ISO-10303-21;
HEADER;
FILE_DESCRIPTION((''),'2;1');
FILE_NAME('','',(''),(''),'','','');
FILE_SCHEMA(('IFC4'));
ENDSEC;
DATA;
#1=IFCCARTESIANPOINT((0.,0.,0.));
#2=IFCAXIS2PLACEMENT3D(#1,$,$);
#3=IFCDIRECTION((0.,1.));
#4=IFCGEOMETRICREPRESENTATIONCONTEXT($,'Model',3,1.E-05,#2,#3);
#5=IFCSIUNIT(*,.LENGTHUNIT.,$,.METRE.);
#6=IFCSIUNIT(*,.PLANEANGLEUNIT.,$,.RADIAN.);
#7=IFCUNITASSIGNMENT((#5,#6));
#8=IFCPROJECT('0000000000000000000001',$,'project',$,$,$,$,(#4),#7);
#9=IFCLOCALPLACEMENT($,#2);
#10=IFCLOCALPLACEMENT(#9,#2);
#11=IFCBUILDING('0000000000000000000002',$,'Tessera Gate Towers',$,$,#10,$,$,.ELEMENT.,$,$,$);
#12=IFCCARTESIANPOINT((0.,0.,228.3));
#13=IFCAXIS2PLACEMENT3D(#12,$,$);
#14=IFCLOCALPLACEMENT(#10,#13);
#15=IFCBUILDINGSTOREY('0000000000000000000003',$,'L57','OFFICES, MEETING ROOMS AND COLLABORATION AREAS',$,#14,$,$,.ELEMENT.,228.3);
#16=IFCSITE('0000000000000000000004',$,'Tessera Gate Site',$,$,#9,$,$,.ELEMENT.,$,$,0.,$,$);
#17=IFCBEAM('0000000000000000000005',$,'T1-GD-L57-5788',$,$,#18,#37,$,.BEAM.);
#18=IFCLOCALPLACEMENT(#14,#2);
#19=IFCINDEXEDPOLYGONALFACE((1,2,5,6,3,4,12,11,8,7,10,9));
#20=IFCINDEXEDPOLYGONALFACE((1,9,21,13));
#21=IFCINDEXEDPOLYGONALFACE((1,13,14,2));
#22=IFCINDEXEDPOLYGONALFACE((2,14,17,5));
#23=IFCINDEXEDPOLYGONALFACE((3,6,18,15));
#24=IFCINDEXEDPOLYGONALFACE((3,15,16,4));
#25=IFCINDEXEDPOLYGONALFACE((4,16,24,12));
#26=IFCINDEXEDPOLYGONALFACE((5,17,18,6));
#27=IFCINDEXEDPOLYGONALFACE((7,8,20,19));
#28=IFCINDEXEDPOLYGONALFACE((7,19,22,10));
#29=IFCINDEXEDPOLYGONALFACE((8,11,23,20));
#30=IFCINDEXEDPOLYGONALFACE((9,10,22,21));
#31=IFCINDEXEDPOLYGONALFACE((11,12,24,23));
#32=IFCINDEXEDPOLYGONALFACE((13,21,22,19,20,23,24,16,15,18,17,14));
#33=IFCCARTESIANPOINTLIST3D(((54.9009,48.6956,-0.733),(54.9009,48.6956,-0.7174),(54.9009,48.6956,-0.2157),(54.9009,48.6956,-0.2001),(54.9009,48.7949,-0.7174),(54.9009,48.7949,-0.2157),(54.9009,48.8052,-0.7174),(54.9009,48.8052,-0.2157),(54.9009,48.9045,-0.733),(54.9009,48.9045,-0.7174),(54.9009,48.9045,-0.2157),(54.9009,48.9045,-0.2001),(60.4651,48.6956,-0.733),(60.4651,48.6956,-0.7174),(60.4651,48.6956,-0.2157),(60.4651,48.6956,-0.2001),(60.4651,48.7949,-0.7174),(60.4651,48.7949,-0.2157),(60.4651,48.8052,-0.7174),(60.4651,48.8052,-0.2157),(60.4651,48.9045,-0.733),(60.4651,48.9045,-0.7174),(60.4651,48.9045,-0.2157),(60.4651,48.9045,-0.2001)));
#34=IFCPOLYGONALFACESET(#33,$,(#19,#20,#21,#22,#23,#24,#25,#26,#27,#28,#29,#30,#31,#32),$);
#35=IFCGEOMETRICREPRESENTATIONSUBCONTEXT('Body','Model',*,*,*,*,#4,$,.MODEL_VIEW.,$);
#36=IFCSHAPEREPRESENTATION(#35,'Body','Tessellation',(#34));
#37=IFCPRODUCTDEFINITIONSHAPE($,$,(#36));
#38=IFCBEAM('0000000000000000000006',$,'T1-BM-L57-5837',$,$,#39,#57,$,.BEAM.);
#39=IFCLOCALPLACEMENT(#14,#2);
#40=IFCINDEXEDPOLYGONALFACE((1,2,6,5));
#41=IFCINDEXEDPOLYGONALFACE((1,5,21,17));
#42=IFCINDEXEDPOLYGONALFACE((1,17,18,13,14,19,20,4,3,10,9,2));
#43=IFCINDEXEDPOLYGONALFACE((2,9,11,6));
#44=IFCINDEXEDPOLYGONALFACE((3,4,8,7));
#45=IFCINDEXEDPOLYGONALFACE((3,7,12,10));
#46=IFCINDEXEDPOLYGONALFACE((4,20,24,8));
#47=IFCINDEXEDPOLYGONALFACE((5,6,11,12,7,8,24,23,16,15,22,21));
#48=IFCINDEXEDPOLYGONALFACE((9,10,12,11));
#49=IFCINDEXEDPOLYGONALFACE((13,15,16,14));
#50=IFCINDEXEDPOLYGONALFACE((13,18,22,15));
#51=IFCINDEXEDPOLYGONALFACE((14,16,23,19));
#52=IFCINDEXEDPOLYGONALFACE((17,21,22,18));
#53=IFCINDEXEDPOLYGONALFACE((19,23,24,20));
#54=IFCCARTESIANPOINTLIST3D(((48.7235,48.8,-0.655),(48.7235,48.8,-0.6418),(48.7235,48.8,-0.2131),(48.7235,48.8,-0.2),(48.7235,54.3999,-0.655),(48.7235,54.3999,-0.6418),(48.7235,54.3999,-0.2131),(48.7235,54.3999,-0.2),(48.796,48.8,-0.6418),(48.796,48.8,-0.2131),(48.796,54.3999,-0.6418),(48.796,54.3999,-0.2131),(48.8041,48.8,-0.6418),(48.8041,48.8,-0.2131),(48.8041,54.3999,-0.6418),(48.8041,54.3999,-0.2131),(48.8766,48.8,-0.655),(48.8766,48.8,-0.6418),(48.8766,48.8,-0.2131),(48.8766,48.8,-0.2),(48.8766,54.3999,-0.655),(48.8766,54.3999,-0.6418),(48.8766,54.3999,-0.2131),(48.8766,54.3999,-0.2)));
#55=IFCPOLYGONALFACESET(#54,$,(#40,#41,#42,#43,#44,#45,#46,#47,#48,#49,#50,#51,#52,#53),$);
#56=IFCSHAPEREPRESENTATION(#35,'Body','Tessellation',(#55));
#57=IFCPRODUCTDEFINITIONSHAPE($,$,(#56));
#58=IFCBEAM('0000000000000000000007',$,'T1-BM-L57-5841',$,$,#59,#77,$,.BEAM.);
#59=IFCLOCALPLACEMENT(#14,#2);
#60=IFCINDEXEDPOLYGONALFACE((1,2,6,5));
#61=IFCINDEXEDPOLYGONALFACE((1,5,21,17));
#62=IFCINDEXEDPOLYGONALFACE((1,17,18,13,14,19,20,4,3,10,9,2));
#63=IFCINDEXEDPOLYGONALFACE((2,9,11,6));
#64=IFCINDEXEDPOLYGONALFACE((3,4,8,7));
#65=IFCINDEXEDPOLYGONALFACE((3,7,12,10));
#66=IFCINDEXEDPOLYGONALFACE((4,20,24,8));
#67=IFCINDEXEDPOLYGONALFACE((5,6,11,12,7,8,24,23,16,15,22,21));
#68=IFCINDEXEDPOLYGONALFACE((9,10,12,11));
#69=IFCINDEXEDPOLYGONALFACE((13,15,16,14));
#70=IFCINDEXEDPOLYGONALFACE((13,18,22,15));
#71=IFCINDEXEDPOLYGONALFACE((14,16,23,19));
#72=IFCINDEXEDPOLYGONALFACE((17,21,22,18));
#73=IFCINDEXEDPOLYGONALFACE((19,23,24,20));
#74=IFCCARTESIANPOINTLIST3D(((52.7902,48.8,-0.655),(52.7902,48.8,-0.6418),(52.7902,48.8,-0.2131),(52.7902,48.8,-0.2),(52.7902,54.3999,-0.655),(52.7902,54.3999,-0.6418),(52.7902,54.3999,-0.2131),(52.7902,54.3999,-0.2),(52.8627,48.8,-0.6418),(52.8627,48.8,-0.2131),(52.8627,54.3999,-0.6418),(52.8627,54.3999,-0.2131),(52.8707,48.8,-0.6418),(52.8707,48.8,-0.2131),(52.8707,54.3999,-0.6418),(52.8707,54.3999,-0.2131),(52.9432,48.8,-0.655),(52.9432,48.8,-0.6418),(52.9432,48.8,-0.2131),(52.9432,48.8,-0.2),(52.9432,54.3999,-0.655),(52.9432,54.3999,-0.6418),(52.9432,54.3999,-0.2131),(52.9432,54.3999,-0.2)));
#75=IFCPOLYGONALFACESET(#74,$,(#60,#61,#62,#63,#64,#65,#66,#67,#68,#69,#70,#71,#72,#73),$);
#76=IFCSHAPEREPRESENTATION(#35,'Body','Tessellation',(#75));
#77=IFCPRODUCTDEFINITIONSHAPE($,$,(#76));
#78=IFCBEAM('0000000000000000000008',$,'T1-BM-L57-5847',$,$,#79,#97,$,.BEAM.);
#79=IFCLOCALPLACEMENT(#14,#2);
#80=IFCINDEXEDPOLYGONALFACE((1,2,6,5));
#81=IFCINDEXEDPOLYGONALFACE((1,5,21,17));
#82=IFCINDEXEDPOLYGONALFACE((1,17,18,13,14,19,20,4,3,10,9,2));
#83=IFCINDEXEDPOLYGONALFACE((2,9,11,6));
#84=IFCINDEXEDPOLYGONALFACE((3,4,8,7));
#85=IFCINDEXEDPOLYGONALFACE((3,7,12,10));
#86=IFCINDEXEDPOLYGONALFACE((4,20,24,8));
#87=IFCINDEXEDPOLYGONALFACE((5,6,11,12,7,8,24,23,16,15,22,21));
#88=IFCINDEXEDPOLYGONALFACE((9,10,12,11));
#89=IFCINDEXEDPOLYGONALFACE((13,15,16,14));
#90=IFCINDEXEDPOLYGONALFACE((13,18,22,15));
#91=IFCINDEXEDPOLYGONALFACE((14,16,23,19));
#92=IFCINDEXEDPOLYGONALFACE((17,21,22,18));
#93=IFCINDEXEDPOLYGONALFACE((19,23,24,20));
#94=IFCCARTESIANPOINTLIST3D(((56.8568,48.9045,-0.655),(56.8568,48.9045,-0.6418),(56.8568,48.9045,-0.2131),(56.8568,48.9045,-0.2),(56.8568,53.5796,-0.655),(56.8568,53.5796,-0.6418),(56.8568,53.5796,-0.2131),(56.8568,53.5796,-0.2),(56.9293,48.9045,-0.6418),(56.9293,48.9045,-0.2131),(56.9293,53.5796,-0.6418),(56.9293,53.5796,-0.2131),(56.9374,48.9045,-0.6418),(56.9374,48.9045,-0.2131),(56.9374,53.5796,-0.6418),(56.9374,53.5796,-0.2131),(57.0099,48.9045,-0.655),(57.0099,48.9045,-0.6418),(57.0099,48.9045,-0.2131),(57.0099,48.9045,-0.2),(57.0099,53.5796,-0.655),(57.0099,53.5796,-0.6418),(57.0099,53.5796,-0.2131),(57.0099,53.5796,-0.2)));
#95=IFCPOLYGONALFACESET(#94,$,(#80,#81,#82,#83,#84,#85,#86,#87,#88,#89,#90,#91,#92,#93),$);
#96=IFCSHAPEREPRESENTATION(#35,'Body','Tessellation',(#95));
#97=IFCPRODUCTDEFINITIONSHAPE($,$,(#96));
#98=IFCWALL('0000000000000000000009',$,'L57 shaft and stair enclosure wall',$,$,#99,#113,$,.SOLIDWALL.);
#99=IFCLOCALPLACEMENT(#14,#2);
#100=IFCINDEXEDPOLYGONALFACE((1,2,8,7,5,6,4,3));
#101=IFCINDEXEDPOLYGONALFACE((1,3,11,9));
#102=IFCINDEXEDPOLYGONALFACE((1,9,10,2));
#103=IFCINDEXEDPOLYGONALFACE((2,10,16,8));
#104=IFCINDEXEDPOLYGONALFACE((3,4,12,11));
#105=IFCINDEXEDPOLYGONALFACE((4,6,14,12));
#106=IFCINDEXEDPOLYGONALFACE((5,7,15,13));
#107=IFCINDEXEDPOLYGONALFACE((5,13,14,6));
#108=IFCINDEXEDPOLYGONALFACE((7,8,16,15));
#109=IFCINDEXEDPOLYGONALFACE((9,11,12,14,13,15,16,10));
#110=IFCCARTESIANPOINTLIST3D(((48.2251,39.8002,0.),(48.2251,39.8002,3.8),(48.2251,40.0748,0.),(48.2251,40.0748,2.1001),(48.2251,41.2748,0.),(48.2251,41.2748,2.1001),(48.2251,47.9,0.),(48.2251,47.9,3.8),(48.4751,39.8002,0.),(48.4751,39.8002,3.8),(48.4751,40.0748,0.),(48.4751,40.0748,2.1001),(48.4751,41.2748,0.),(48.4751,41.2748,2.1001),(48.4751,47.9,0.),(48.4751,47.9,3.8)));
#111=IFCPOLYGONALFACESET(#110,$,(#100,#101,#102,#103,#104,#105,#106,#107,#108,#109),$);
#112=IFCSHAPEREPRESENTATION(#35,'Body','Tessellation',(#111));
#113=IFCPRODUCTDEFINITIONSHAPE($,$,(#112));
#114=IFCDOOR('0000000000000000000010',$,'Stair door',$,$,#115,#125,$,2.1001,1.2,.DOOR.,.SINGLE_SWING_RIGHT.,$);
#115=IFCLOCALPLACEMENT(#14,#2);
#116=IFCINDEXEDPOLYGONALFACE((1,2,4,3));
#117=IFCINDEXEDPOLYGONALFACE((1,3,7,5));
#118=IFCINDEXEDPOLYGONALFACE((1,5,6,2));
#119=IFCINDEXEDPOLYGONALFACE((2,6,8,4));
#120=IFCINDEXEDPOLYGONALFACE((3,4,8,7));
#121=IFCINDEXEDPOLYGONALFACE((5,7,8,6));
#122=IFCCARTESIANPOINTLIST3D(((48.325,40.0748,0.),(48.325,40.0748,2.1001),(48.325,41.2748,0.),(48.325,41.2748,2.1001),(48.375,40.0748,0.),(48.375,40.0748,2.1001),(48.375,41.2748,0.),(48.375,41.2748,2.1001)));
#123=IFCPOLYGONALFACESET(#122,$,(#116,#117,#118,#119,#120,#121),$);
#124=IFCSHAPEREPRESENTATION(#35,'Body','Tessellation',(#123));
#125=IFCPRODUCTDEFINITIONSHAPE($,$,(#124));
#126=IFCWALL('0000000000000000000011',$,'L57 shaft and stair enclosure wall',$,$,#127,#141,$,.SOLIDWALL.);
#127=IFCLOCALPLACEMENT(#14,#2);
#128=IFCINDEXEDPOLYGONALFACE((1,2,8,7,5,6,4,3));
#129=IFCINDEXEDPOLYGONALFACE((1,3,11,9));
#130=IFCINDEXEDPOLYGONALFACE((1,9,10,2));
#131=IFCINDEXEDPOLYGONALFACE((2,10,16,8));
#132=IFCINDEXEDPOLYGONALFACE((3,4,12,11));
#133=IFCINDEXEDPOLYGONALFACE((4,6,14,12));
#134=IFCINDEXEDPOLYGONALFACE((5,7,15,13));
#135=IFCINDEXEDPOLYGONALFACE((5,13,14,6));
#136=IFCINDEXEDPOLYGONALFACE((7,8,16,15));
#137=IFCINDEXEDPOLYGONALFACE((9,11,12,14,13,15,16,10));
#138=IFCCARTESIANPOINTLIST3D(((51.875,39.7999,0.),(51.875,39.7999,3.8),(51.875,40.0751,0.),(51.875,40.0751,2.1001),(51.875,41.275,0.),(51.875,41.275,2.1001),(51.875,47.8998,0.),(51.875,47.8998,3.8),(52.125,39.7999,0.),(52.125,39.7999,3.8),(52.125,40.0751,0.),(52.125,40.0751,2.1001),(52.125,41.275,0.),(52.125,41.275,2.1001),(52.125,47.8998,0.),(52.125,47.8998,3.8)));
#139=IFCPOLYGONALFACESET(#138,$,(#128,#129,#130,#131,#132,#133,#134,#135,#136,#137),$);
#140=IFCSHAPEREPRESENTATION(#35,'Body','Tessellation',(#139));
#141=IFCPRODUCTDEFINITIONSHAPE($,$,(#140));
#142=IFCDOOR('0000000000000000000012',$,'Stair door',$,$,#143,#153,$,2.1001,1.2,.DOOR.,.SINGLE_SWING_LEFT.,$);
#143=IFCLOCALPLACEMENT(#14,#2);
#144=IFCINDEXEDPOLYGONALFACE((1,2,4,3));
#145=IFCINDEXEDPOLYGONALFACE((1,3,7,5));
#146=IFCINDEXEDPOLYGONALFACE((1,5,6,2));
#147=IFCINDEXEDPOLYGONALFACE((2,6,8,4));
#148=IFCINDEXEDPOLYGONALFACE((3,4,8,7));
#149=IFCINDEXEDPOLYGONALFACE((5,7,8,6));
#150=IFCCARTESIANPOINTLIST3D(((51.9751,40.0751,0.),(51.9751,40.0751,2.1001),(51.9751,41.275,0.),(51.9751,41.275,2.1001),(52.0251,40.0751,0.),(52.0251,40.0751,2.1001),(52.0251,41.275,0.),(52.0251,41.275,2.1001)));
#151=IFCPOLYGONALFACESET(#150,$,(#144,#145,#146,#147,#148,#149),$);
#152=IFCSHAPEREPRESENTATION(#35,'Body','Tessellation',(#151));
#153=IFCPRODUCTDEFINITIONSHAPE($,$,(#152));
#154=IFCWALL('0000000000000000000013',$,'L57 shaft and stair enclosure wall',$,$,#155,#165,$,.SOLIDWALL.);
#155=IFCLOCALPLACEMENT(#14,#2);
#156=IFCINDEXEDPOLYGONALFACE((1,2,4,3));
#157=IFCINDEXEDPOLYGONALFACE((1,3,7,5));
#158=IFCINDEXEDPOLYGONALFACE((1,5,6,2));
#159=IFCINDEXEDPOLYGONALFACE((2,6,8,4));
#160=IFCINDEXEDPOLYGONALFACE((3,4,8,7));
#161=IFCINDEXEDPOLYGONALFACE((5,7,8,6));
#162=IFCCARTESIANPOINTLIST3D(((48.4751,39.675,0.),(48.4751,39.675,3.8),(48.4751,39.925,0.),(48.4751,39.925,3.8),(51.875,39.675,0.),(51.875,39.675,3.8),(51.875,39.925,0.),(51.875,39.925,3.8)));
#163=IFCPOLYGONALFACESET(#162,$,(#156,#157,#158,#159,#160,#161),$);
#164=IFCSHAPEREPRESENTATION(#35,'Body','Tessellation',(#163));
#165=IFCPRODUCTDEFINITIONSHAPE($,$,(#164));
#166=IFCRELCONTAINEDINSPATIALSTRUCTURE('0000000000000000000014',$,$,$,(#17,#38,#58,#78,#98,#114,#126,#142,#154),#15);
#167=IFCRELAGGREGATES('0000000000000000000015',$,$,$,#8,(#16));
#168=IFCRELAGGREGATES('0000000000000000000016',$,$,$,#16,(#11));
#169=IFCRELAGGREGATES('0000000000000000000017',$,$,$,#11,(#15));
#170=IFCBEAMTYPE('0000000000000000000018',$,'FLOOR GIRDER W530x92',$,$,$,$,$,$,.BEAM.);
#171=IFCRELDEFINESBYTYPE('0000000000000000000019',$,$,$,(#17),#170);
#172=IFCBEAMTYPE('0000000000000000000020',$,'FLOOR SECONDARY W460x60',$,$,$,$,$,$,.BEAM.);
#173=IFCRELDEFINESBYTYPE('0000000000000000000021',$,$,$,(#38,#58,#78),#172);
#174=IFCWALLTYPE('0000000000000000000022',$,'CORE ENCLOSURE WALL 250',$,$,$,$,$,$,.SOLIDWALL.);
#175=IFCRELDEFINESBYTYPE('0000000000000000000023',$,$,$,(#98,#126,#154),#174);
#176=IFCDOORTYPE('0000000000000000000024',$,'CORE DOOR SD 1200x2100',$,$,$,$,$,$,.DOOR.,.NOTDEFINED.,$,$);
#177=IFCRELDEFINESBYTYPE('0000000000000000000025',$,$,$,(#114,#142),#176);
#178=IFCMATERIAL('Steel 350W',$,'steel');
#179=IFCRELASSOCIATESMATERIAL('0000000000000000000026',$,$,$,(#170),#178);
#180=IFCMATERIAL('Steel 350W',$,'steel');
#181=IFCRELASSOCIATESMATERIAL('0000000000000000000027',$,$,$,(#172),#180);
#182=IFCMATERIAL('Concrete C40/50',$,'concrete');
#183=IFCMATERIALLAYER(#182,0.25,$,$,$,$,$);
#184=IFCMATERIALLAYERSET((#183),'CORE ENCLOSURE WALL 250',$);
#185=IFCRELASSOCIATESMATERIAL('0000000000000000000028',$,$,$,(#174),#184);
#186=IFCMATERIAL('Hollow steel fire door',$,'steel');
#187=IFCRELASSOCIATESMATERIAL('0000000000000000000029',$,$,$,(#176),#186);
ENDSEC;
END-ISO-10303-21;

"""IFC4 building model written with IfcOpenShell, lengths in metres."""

from ifc_helpers import new_model, si_unit, direction, frame, frame_2d, origin, origin_2d, place, context, subcontext, project, spatial, rectangle, i_section, extrude, source, transform, mapped, material, layer, layer_set, material_profile, profile_set, type_object, element, fill, save


model = new_model("IFC4")

# Units and contexts
model_context = context("Model", 3, precision=1e-05, world=origin(), true_north=direction((0.0, 1.0)))
body_context = subcontext(model_context, "Body", "Model", "MODEL_VIEW")
ifc_project = project(units=[si_unit("LENGTHUNIT", "METRE"), si_unit("PLANEANGLEUNIT", "RADIAN")], contexts=[model_context])

# Site, building, storey
site_placement = place(None, origin())
site = spatial("IfcSite", under=ifc_project, at=site_placement, Name="Tessera Gate Site", CompositionType="ELEMENT", RefElevation=0.0)
building_placement = place(site_placement, origin())
building = spatial("IfcBuilding", under=site, at=building_placement, Name="Tessera Gate Towers", CompositionType="ELEMENT")
storey_placement = place(building_placement, frame((0.0, 0.0, 228.3)))
storey = spatial("IfcBuildingStorey", under=building, at=storey_placement, Name="L57", Description="OFFICES, MEETING ROOMS AND COLLABORATION AREAS", CompositionType="ELEMENT", Elevation=228.3)

# Beams
ifc_material_1 = material(Name="Steel 350W", Category="steel")
ifc_material_profile_1 = material_profile(ifc_material_1, i_section(OverallWidth=0.209, OverallDepth=0.533, WebThickness=0.0103, FlangeThickness=0.0156, at=origin_2d()), Name="W530x92")
ifc_profile_set_1 = profile_set([ifc_material_profile_1], Name="Steel 350W")
beam_type_1 = type_object("IfcBeamType", Name="FLOOR GIRDER W530x92", PredefinedType="BEAM", material=ifc_profile_set_1)
beam_1_placement = place(storey_placement, frame((54.9009, 48.8, -0.4666), z_axis=(1.0, 0.0, 0.0), x_axis=(0.0, 1.0, 0.0)))
element("IfcBeam", 1, at=beam_1_placement, inside=storey, type_object=beam_type_1, Name="T1-GD-L57-5788", PredefinedType="BEAM", context=body_context, shape_type="SweptSolid", body=[
    extrude(i_section(OverallWidth=0.209, OverallDepth=0.533, WebThickness=0.0103, FlangeThickness=0.0156, at=origin_2d()), origin(), (0.0, 0.0, 1.0), 5.5642),
])
ifc_material_2 = material(Name="Steel 350W", Category="steel")
ifc_material_profile_2 = material_profile(ifc_material_2, i_section(OverallWidth=0.1531, OverallDepth=0.4551, WebThickness=0.0081, FlangeThickness=0.0132, at=origin_2d()), Name="W460x60")
ifc_profile_set_2 = profile_set([ifc_material_profile_2], Name="Steel 350W")
beam_type_2 = type_object("IfcBeamType", Name="FLOOR SECONDARY W460x60", PredefinedType="BEAM", material=ifc_profile_set_2)
for number, where, z_axis, x_axis, name in (
    (2, (48.8, 48.8, -0.4275), (0.0, 1.0, 0.0), (-1.0, 0.0, 0.0), "T1-BM-L57-5837"),
    (3, (52.8667, 48.8, -0.4275), (0.0, 1.0, 0.0), (-1.0, 0.0, 0.0), "T1-BM-L57-5841"),
):
    element("IfcBeam", number, at=place(storey_placement, frame(where, z_axis=z_axis, x_axis=x_axis)), inside=storey, type_object=beam_type_2, Name=name, PredefinedType="BEAM", context=body_context, shape_type="SweptSolid", body=[
        extrude(i_section(OverallWidth=0.1531, OverallDepth=0.4551, WebThickness=0.0081, FlangeThickness=0.0132, at=origin_2d()), origin(), (0.0, 0.0, 1.0), 5.5999),
    ])
beam_2_placement = place(storey_placement, frame((56.9333, 48.9045, -0.4275), z_axis=(0.0, 1.0, 0.0), x_axis=(-1.0, 0.0, 0.0)))
element("IfcBeam", 4, at=beam_2_placement, inside=storey, type_object=beam_type_2, Name="T1-BM-L57-5847", PredefinedType="BEAM", context=body_context, shape_type="SweptSolid", body=[
    extrude(i_section(OverallWidth=0.1531, OverallDepth=0.4551, WebThickness=0.0081, FlangeThickness=0.0132, at=origin_2d()), origin(), (0.0, 0.0, 1.0), 4.675),
])

# Walls, openings, doors
ifc_material_3 = material(Name="Concrete C40/50", Category="concrete")
ifc_layer_1 = layer(ifc_material_3, 0.25)
ifc_layer_set_1 = layer_set([ifc_layer_1], Name="CORE ENCLOSURE WALL 250")
wall_type_1 = type_object("IfcWallType", Name="CORE ENCLOSURE WALL 250", PredefinedType="SOLIDWALL", material=ifc_layer_set_1)
wall_1_placement = place(storey_placement, frame((48.3501, 47.8999, 0.0), z_axis=(0.0, 0.0, 1.0), x_axis=(0.0, -1.0, 0.0)))
wall_1 = element("IfcWall", 5, at=wall_1_placement, inside=storey, type_object=wall_type_1, Name="L57 shaft and stair enclosure wall", PredefinedType="SOLIDWALL", context=body_context, shape_type="SweptSolid", body=[
    extrude(rectangle(XDim=8.0999, YDim=0.25, at=frame_2d((4.0498, 0.0))), origin(), (0.0, 0.0, 1.0), 3.8),
])
shared_shape_1 = source(origin(), body_context, "Body", "SweptSolid", [
    extrude(rectangle(XDim=1.2, YDim=2.1001, at=frame_2d((0.6001, 1.05))), frame((0.0, 0.135, 0.0), z_axis=(0.0, -1.0, 0.0), x_axis=(1.0, 0.0, 0.0)), (0.0, 0.0, 1.0), 0.27),
])
opening_1_placement = place(wall_1_placement, frame((6.625, 0.0, 0.0)))
opening_1 = element("IfcOpeningElement", 6, at=opening_1_placement, cuts=wall_1, PredefinedType="OPENING", context=body_context, shape_type="MappedRepresentation", body=[
    mapped(shared_shape_1, transform((0.0, 0.0, 0.0), scale=1.0)),
])
ifc_material_4 = material(Name="Hollow steel fire door", Category="steel")
door_type_1 = type_object("IfcDoorType", Name="CORE DOOR SD 1200x2100", OperationType="NOTDEFINED", PredefinedType="DOOR", material=ifc_material_4)
shared_shape_2 = source(origin(), body_context, "Body", "SweptSolid", [
    extrude(rectangle(XDim=1.2, YDim=2.1001, at=frame_2d((0.6001, 1.05))), frame((0.0, 0.0249, 0.0), z_axis=(0.0, -1.0, 0.0), x_axis=(1.0, 0.0, 0.0)), (0.0, 0.0, 1.0), 0.05),
])
door_1_placement = place(opening_1_placement, origin())
door_1 = element("IfcDoor", 7, at=door_1_placement, inside=storey, type_object=door_type_1, Name="Stair door", OperationType="SINGLE_SWING_RIGHT", OverallHeight=2.1001, OverallWidth=1.2, PredefinedType="DOOR", context=body_context, shape_type="MappedRepresentation", body=[
    mapped(shared_shape_2, transform((0.0, 0.0, 0.0), scale=1.0)),
])
fill(opening_1, door_1)
wall_2_placement = place(storey_placement, frame((52.0, 39.8, 0.0), z_axis=(0.0, 0.0, 1.0), x_axis=(0.0, 1.0, 0.0)))
wall_2 = element("IfcWall", 8, at=wall_2_placement, inside=storey, type_object=wall_type_1, Name="L57 shaft and stair enclosure wall", PredefinedType="SOLIDWALL", context=body_context, shape_type="SweptSolid", body=[
    extrude(rectangle(XDim=8.0999, YDim=0.25, at=frame_2d((4.0498, 0.0))), origin(), (0.0, 0.0, 1.0), 3.8),
])
opening_2_placement = place(wall_2_placement, frame((0.2749, 0.0, 0.0)))
opening_2 = element("IfcOpeningElement", 9, at=opening_2_placement, cuts=wall_2, PredefinedType="OPENING", context=body_context, shape_type="MappedRepresentation", body=[
    mapped(shared_shape_1, transform((0.0, 0.0, 0.0), scale=1.0)),
])
door_2_placement = place(opening_2_placement, origin())
door_2 = element("IfcDoor", 10, at=door_2_placement, inside=storey, type_object=door_type_1, Name="Stair door", OperationType="SINGLE_SWING_LEFT", OverallHeight=2.1001, OverallWidth=1.2, PredefinedType="DOOR", context=body_context, shape_type="MappedRepresentation", body=[
    mapped(shared_shape_2, transform((0.0, 0.0, 0.0), scale=1.0)),
])
fill(opening_2, door_2)

# Wall
wall_3_placement = place(storey_placement, frame((48.4751, 39.8, 0.0), z_axis=(0.0, 0.0, 1.0), x_axis=(1.0, 0.0, 0.0)))
element("IfcWall", 11, at=wall_3_placement, inside=storey, type_object=wall_type_1, Name="L57 shaft and stair enclosure wall", PredefinedType="SOLIDWALL", context=body_context, shape_type="SweptSolid", body=[
    extrude(rectangle(XDim=3.3999, YDim=0.25, at=frame_2d((1.7, 0.0))), origin(), (0.0, 0.0, 1.0), 3.8),
])

save(model, "model.ifc")
